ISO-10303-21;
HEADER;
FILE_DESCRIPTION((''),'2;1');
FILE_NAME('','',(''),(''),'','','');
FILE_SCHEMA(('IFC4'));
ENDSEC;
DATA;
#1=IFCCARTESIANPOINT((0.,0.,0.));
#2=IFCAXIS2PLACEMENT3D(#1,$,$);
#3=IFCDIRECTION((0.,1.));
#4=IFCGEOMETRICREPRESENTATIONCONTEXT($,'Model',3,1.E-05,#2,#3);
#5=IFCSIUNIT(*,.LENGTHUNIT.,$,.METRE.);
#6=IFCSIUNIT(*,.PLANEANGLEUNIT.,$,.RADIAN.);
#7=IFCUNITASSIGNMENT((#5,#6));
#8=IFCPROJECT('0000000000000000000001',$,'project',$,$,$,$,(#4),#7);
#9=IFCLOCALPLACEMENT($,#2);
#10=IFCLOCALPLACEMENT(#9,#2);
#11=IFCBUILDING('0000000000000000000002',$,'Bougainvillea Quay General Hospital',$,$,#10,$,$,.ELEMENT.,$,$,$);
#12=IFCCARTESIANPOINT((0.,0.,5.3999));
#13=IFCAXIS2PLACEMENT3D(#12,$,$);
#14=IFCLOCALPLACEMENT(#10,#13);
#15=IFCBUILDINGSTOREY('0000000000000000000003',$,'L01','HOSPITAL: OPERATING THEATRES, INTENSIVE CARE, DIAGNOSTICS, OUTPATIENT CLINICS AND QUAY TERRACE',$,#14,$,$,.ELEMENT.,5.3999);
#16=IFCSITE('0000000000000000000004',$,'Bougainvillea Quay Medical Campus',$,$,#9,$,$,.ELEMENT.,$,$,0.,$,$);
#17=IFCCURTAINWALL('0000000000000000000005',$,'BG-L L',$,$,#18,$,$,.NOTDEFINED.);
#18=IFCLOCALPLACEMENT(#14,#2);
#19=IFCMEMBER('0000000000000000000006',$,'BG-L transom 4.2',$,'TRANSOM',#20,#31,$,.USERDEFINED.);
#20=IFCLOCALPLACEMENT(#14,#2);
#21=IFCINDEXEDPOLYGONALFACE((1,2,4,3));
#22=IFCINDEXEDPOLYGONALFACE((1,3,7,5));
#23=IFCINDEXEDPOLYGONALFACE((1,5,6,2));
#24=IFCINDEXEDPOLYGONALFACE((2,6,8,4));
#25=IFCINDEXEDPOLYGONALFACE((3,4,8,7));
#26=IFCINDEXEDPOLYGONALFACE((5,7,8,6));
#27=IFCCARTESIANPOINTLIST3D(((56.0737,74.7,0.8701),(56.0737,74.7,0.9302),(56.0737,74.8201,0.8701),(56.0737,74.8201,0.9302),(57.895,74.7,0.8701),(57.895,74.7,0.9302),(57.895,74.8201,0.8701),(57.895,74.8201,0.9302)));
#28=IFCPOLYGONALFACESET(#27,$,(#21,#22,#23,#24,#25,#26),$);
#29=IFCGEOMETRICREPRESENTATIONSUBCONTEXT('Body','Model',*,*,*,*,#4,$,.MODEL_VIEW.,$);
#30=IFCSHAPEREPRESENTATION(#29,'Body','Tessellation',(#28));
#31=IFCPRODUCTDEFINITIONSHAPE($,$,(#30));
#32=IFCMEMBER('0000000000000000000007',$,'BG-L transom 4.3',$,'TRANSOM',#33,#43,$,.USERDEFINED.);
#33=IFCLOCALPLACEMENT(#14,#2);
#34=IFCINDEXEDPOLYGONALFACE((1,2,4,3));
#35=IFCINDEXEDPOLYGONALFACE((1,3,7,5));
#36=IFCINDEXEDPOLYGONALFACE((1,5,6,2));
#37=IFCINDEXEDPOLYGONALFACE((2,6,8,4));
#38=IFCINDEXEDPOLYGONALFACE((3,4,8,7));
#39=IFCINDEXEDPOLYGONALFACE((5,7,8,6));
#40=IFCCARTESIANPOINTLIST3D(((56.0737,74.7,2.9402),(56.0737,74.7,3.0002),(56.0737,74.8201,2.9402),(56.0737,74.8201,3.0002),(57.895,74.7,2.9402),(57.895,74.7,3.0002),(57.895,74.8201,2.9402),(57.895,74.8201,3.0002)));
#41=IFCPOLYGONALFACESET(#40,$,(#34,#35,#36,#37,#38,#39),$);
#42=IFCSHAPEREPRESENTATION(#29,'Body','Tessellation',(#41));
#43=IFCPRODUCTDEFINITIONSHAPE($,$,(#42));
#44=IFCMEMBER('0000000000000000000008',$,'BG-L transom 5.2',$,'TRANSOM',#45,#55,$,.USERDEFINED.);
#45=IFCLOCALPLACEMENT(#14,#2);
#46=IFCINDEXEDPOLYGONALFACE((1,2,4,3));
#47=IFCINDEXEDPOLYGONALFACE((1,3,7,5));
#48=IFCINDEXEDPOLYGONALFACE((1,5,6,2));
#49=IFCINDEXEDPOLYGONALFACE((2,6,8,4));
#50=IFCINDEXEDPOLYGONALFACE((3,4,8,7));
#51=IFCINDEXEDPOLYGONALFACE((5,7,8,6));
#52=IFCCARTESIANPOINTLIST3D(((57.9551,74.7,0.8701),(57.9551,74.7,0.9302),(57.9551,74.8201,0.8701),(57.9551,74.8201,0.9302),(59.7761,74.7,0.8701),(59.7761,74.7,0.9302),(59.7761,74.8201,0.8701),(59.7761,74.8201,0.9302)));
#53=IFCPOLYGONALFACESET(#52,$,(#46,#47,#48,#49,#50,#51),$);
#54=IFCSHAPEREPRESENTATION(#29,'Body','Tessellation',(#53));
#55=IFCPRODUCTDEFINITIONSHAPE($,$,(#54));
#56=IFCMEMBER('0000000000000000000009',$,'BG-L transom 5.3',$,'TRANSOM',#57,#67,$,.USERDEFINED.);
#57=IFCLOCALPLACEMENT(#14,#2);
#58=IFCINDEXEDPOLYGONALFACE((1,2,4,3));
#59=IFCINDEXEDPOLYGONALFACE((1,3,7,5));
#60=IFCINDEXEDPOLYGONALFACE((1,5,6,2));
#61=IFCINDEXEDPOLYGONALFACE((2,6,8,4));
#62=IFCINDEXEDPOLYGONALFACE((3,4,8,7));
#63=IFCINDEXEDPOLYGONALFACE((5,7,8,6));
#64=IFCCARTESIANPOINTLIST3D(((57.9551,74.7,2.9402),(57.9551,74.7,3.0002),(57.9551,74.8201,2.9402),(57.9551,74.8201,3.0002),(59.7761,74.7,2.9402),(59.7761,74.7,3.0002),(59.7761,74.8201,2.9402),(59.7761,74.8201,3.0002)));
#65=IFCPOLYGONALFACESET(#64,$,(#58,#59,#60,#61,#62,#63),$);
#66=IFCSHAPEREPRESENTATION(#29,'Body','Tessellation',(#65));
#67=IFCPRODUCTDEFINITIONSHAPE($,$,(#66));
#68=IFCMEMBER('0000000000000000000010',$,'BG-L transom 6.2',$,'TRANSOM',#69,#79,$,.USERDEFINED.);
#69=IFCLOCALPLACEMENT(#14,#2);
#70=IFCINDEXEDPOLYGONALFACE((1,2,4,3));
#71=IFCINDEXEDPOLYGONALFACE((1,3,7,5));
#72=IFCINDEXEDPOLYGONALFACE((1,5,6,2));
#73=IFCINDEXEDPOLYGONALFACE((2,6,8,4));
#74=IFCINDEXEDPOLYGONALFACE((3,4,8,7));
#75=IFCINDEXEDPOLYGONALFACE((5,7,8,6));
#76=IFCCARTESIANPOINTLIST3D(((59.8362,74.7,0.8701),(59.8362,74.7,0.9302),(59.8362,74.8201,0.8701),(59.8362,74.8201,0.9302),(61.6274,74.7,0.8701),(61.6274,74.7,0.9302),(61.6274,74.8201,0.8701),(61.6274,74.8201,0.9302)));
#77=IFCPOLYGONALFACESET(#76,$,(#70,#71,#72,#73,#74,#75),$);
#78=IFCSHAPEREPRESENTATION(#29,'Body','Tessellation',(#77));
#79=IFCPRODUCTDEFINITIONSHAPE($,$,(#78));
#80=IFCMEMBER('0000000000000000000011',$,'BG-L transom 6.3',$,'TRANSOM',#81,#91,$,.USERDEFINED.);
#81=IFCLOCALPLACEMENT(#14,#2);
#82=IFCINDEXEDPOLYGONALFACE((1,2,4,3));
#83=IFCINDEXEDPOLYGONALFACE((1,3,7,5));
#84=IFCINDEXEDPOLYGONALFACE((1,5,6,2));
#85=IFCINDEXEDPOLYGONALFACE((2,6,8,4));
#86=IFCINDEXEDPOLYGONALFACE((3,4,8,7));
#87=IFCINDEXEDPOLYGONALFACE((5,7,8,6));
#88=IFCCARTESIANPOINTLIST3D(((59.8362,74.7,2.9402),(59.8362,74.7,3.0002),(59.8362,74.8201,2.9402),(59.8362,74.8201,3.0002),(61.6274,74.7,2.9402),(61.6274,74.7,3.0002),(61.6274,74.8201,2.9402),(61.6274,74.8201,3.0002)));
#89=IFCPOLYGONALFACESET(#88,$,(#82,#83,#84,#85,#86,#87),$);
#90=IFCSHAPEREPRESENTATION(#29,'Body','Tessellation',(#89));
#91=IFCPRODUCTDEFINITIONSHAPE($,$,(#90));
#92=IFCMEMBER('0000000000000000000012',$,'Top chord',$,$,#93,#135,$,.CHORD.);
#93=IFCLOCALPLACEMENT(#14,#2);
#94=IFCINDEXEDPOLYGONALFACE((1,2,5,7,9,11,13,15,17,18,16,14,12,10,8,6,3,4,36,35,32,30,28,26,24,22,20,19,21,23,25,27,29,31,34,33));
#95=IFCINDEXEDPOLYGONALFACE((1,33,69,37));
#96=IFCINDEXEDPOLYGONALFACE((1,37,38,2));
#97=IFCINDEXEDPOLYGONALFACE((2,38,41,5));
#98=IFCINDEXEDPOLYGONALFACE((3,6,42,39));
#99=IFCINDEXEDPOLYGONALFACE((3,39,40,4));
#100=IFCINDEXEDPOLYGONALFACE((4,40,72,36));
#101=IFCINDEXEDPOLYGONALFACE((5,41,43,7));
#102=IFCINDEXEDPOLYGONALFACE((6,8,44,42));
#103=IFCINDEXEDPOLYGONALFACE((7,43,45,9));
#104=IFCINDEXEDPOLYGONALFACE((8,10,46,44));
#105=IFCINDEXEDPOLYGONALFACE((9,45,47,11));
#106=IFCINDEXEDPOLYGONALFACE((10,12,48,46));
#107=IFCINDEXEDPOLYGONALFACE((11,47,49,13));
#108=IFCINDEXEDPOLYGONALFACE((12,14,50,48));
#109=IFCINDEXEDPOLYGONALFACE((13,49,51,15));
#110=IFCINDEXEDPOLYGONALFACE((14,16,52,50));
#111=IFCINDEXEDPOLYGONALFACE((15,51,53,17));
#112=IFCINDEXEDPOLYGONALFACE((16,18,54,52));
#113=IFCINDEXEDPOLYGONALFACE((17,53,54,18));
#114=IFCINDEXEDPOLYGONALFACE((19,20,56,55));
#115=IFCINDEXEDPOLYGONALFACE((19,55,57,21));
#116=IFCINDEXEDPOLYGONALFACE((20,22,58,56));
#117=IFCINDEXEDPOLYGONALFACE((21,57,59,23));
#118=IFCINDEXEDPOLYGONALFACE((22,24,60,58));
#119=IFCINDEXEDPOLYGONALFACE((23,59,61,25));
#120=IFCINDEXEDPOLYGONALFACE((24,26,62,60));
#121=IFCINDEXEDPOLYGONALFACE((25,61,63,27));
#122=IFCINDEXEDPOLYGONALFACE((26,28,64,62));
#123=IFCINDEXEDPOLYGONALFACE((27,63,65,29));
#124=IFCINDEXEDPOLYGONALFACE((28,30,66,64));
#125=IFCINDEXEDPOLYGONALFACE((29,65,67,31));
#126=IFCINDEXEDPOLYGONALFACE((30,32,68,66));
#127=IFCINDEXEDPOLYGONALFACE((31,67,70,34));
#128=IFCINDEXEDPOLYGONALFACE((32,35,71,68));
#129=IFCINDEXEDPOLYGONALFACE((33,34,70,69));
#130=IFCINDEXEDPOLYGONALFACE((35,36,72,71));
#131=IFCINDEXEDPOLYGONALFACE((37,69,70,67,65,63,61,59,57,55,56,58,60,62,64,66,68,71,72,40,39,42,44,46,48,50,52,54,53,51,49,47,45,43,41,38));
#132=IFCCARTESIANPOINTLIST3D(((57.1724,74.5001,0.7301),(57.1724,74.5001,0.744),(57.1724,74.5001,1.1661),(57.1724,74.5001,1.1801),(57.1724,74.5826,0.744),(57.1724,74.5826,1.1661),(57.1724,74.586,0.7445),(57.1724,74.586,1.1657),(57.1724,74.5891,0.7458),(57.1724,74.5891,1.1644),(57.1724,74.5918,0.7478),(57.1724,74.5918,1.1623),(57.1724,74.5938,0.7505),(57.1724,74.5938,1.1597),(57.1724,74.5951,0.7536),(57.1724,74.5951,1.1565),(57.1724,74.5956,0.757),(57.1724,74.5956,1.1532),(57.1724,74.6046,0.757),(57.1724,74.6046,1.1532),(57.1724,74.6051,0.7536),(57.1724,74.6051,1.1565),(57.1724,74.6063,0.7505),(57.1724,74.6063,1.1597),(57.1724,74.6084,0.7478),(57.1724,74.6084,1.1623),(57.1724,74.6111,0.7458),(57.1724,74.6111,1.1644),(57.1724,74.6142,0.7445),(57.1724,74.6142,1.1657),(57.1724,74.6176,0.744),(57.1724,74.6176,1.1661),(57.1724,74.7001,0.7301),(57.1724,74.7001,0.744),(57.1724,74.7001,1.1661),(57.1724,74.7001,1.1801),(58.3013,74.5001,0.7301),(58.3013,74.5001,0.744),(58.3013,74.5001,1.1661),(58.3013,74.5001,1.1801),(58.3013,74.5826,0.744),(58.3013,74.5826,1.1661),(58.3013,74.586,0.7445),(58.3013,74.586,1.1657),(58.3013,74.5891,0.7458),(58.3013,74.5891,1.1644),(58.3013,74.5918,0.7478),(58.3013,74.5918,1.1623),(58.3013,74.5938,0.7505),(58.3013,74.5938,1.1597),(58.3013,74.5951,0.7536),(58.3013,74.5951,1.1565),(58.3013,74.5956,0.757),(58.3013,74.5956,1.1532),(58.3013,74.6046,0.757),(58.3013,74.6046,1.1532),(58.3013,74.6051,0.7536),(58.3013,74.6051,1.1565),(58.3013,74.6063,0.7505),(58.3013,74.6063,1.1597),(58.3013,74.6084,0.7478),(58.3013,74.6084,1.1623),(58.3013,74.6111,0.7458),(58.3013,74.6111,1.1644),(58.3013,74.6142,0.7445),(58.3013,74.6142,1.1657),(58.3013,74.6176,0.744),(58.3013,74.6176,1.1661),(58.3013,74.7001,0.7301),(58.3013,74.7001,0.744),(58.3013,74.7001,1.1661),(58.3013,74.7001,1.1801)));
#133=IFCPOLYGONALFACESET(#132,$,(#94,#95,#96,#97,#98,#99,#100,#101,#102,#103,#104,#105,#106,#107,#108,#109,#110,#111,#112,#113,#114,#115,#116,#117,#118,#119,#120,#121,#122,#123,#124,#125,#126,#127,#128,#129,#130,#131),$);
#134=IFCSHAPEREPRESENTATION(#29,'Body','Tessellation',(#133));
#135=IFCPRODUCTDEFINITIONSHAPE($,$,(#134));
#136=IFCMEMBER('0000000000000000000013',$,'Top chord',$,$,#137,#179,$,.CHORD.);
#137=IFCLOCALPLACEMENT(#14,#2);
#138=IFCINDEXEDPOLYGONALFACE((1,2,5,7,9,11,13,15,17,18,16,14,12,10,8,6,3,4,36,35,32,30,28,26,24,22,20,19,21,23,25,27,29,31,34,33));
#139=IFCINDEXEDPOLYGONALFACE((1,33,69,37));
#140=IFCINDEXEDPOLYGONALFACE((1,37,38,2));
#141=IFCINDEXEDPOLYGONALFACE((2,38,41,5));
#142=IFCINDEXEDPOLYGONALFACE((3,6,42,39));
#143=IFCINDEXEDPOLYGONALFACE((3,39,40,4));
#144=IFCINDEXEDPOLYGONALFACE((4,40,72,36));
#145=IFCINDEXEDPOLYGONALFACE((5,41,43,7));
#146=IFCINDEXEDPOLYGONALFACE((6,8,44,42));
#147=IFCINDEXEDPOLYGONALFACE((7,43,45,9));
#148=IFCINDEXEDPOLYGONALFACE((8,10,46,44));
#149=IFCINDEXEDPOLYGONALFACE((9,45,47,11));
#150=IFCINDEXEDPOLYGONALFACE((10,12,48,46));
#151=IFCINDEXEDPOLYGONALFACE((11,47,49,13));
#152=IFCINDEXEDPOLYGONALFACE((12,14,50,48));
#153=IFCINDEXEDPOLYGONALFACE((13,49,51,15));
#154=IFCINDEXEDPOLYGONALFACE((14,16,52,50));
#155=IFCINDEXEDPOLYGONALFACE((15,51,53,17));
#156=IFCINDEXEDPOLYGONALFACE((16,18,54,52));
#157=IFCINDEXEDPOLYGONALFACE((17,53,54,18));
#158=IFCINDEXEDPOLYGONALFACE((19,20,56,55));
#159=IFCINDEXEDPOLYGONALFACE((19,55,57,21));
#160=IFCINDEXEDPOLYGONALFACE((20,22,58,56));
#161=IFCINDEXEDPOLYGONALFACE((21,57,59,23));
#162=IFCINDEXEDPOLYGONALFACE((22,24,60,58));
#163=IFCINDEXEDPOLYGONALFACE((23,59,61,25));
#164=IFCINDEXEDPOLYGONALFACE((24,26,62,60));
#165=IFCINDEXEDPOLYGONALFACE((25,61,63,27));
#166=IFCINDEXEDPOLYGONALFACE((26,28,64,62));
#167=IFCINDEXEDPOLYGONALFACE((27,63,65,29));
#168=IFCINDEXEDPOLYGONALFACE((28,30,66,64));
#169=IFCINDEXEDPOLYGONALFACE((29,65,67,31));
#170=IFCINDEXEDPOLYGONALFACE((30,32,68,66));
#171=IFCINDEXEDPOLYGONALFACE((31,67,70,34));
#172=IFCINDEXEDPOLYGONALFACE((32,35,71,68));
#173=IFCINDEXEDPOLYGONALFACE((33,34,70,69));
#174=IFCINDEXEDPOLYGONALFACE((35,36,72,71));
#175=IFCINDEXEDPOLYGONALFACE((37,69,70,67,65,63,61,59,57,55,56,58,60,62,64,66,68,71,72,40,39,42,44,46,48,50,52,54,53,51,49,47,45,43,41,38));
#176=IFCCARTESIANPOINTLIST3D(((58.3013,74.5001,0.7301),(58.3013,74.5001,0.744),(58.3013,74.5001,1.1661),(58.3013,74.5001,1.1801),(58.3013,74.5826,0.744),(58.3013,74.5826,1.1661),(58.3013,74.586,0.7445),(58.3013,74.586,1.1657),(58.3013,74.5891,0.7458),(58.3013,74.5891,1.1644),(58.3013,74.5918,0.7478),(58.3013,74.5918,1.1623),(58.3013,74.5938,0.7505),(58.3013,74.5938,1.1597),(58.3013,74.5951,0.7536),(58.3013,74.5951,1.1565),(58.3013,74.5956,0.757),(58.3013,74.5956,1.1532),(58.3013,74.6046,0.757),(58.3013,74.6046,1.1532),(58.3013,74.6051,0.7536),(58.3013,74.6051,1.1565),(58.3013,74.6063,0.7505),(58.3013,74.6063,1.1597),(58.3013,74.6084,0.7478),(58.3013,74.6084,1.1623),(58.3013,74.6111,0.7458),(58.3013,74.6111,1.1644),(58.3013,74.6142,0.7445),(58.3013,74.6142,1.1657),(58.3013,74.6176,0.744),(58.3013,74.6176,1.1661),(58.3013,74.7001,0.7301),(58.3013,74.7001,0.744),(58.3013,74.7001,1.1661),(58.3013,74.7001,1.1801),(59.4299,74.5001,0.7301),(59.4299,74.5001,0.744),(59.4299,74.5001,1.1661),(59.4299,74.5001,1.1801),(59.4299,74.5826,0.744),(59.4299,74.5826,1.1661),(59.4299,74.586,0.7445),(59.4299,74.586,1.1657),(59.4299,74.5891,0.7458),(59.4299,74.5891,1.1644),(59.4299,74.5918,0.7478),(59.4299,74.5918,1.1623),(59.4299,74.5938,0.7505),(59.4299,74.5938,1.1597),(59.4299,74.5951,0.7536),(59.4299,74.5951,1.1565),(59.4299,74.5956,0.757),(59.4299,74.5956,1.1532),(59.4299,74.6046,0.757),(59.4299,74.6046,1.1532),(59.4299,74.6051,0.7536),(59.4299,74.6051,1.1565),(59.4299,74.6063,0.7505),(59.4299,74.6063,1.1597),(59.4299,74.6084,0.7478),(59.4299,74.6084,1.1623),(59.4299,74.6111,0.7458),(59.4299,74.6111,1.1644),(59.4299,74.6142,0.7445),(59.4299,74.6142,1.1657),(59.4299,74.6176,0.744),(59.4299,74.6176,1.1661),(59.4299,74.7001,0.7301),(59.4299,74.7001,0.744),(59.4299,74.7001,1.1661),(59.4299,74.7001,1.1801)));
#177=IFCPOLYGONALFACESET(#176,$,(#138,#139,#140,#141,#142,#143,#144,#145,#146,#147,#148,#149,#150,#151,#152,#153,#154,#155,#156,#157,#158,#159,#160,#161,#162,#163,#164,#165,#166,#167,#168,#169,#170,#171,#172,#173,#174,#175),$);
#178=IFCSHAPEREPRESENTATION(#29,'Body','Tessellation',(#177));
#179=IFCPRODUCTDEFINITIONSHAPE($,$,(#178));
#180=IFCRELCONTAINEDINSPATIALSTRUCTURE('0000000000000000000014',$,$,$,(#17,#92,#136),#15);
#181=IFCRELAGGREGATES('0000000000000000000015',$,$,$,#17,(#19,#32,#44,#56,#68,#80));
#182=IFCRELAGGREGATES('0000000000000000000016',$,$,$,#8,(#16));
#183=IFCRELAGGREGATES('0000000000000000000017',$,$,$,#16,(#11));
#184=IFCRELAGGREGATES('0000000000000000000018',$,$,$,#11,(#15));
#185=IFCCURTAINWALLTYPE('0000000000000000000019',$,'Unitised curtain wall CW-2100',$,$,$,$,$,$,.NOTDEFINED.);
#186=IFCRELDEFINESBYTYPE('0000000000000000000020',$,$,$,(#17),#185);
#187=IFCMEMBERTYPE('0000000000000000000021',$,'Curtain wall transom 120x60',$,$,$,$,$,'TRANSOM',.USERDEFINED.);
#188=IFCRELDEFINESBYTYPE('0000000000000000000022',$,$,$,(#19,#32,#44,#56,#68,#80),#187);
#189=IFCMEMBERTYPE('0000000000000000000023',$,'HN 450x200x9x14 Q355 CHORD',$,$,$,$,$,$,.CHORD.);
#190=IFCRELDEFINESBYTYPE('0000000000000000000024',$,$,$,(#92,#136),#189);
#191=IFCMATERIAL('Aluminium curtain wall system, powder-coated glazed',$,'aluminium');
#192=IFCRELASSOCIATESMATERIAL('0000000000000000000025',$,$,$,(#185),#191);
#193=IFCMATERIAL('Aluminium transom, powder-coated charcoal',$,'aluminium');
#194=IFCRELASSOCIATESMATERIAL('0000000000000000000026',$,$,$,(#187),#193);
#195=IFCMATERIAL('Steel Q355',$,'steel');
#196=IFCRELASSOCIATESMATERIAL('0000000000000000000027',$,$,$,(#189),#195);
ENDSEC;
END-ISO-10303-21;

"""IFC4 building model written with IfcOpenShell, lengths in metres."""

from ifc_helpers import new_model, si_unit, direction, frame, origin, origin_2d, place, context, subcontext, project, spatial, rectangle, i_section, extrude, material, material_profile, profile_set, type_object, element, aggregate, save


model = new_model("IFC4")

# Units and contexts
model_context = context("Model", 3, precision=1e-05, world=origin(), true_north=direction((0.0, 1.0)))
body_context = subcontext(model_context, "Body", "Model", "MODEL_VIEW")
ifc_project = project(units=[si_unit("LENGTHUNIT", "METRE"), si_unit("PLANEANGLEUNIT", "RADIAN")], contexts=[model_context])

# Site, building, storey
site_placement = place(None, origin())
site = spatial("IfcSite", under=ifc_project, at=site_placement, Name="Bougainvillea Quay Medical Campus", CompositionType="ELEMENT", RefElevation=0.0)
building_placement = place(site_placement, origin())
building = spatial("IfcBuilding", under=site, at=building_placement, Name="Bougainvillea Quay General Hospital", CompositionType="ELEMENT")
storey_placement = place(building_placement, frame((0.0, 0.0, 5.3999)))
storey = spatial("IfcBuildingStorey", under=building, at=storey_placement, Name="L01", Description="HOSPITAL: OPERATING THEATRES, INTENSIVE CARE, DIAGNOSTICS, OUTPATIENT CLINICS AND QUAY TERRACE", CompositionType="ELEMENT", Elevation=5.3999)

# Curtain wall, members
ifc_material_1 = material(Name="Aluminium curtain wall system, powder-coated glazed", Category="aluminium")
curtain_wall_type = type_object("IfcCurtainWallType", Name="Unitised curtain wall CW-2100", PredefinedType="NOTDEFINED", material=ifc_material_1)
curtain_wall_1_placement = place(storey_placement, origin())
curtain_wall_1 = element("IfcCurtainWall", 1, at=curtain_wall_1_placement, inside=storey, type_object=curtain_wall_type, Name="BG-L L", PredefinedType="NOTDEFINED")
ifc_material_2 = material(Name="Aluminium transom, powder-coated charcoal", Category="aluminium")
ifc_material_profile_1 = material_profile(ifc_material_2, rectangle(XDim=0.1201, YDim=0.0601, at=origin_2d()))
ifc_profile_set_1 = profile_set([ifc_material_profile_1], Name="Aluminium transom, powder-coated charcoal")
member_type_1 = type_object("IfcMemberType", Name="Curtain wall transom 120x60", ElementType="TRANSOM", PredefinedType="USERDEFINED", material=ifc_profile_set_1)
member_1_placement = place(storey_placement, frame((56.0737, 74.76, 0.9001), z_axis=(1.0, 0.0, 0.0), x_axis=(0.0, 1.0, 0.0)))
member_1 = element("IfcMember", 2, at=member_1_placement, type_object=member_type_1, Name="BG-L transom 4.2", ObjectType="TRANSOM", PredefinedType="USERDEFINED", context=body_context, shape_type="SweptSolid", body=[
    extrude(rectangle(XDim=0.1201, YDim=0.0601, at=origin_2d()), origin(), (0.0, 0.0, 1.0), 1.8213),
])
member_2_placement = place(storey_placement, frame((56.0737, 74.76, 2.9702), z_axis=(1.0, 0.0, 0.0), x_axis=(0.0, 1.0, 0.0)))
member_2 = element("IfcMember", 3, at=member_2_placement, type_object=member_type_1, Name="BG-L transom 4.3", ObjectType="TRANSOM", PredefinedType="USERDEFINED", context=body_context, shape_type="SweptSolid", body=[
    extrude(rectangle(XDim=0.1201, YDim=0.0601, at=origin_2d()), origin(), (0.0, 0.0, 1.0), 1.8213),
])
member_3_placement = place(storey_placement, frame((57.9551, 74.76, 0.9001), z_axis=(1.0, 0.0, 0.0), x_axis=(0.0, 1.0, 0.0)))
member_3 = element("IfcMember", 4, at=member_3_placement, type_object=member_type_1, Name="BG-L transom 5.2", ObjectType="TRANSOM", PredefinedType="USERDEFINED", context=body_context, shape_type="SweptSolid", body=[
    extrude(rectangle(XDim=0.1201, YDim=0.0601, at=origin_2d()), origin(), (0.0, 0.0, 1.0), 1.821),
])
member_4_placement = place(storey_placement, frame((57.9551, 74.76, 2.9702), z_axis=(1.0, 0.0, 0.0), x_axis=(0.0, 1.0, 0.0)))
member_4 = element("IfcMember", 5, at=member_4_placement, type_object=member_type_1, Name="BG-L transom 5.3", ObjectType="TRANSOM", PredefinedType="USERDEFINED", context=body_context, shape_type="SweptSolid", body=[
    extrude(rectangle(XDim=0.1201, YDim=0.0601, at=origin_2d()), origin(), (0.0, 0.0, 1.0), 1.821),
])
member_5_placement = place(storey_placement, frame((59.8362, 74.76, 0.9001), z_axis=(1.0, 0.0, 0.0), x_axis=(0.0, 1.0, 0.0)))
member_5 = element("IfcMember", 6, at=member_5_placement, type_object=member_type_1, Name="BG-L transom 6.2", ObjectType="TRANSOM", PredefinedType="USERDEFINED", context=body_context, shape_type="SweptSolid", body=[
    extrude(rectangle(XDim=0.1201, YDim=0.0601, at=origin_2d()), origin(), (0.0, 0.0, 1.0), 1.7913),
])
member_6_placement = place(storey_placement, frame((59.8362, 74.76, 2.9702), z_axis=(1.0, 0.0, 0.0), x_axis=(0.0, 1.0, 0.0)))
member_6 = element("IfcMember", 7, at=member_6_placement, type_object=member_type_1, Name="BG-L transom 6.3", ObjectType="TRANSOM", PredefinedType="USERDEFINED", context=body_context, shape_type="SweptSolid", body=[
    extrude(rectangle(XDim=0.1201, YDim=0.0601, at=origin_2d()), origin(), (0.0, 0.0, 1.0), 1.7913),
])

# Members
ifc_material_3 = material(Name="Steel Q355", Category="steel")
ifc_material_profile_2 = material_profile(ifc_material_3, i_section(OverallWidth=0.2, OverallDepth=0.45, WebThickness=0.009, FlangeThickness=0.0139, FilletRadius=0.0129, at=origin_2d()))
ifc_profile_set_2 = profile_set([ifc_material_profile_2], Name="Steel Q355")
member_type_2 = type_object("IfcMemberType", Name="HN 450x200x9x14 Q355 CHORD", PredefinedType="CHORD", material=ifc_profile_set_2)
member_7_placement = place(storey_placement, frame((57.1724, 74.6001, 0.9551), z_axis=(1.0, 0.0, 0.0), x_axis=(0.0, 1.0, 0.0)))
element("IfcMember", 8, at=member_7_placement, inside=storey, type_object=member_type_2, Name="Top chord", PredefinedType="CHORD", context=body_context, shape_type="SweptSolid", body=[
    extrude(i_section(OverallWidth=0.2, OverallDepth=0.45, WebThickness=0.009, FlangeThickness=0.0139, FilletRadius=0.0129, at=origin_2d()), origin(), (0.0, 0.0, 1.0), 1.1289),
])
for number, where, z_axis, x_axis, name in (
    (9, (58.3013, 74.6001, 0.9551), (1.0, 0.0, 0.0), (0.0, 1.0, 0.0), "Top chord"),
):
    element("IfcMember", number, at=place(storey_placement, frame(where, z_axis=z_axis, x_axis=x_axis)), inside=storey, type_object=member_type_2, Name=name, PredefinedType="CHORD", context=body_context, shape_type="SweptSolid", body=[
        extrude(i_section(OverallWidth=0.2, OverallDepth=0.45, WebThickness=0.009, FlangeThickness=0.0139, FilletRadius=0.0129, at=origin_2d()), origin(), (0.0, 0.0, 1.0), 1.1287),
    ])

aggregate(curtain_wall_1, [member_1, member_2, member_3, member_4, member_5, member_6])

save(model, "model.ifc")
